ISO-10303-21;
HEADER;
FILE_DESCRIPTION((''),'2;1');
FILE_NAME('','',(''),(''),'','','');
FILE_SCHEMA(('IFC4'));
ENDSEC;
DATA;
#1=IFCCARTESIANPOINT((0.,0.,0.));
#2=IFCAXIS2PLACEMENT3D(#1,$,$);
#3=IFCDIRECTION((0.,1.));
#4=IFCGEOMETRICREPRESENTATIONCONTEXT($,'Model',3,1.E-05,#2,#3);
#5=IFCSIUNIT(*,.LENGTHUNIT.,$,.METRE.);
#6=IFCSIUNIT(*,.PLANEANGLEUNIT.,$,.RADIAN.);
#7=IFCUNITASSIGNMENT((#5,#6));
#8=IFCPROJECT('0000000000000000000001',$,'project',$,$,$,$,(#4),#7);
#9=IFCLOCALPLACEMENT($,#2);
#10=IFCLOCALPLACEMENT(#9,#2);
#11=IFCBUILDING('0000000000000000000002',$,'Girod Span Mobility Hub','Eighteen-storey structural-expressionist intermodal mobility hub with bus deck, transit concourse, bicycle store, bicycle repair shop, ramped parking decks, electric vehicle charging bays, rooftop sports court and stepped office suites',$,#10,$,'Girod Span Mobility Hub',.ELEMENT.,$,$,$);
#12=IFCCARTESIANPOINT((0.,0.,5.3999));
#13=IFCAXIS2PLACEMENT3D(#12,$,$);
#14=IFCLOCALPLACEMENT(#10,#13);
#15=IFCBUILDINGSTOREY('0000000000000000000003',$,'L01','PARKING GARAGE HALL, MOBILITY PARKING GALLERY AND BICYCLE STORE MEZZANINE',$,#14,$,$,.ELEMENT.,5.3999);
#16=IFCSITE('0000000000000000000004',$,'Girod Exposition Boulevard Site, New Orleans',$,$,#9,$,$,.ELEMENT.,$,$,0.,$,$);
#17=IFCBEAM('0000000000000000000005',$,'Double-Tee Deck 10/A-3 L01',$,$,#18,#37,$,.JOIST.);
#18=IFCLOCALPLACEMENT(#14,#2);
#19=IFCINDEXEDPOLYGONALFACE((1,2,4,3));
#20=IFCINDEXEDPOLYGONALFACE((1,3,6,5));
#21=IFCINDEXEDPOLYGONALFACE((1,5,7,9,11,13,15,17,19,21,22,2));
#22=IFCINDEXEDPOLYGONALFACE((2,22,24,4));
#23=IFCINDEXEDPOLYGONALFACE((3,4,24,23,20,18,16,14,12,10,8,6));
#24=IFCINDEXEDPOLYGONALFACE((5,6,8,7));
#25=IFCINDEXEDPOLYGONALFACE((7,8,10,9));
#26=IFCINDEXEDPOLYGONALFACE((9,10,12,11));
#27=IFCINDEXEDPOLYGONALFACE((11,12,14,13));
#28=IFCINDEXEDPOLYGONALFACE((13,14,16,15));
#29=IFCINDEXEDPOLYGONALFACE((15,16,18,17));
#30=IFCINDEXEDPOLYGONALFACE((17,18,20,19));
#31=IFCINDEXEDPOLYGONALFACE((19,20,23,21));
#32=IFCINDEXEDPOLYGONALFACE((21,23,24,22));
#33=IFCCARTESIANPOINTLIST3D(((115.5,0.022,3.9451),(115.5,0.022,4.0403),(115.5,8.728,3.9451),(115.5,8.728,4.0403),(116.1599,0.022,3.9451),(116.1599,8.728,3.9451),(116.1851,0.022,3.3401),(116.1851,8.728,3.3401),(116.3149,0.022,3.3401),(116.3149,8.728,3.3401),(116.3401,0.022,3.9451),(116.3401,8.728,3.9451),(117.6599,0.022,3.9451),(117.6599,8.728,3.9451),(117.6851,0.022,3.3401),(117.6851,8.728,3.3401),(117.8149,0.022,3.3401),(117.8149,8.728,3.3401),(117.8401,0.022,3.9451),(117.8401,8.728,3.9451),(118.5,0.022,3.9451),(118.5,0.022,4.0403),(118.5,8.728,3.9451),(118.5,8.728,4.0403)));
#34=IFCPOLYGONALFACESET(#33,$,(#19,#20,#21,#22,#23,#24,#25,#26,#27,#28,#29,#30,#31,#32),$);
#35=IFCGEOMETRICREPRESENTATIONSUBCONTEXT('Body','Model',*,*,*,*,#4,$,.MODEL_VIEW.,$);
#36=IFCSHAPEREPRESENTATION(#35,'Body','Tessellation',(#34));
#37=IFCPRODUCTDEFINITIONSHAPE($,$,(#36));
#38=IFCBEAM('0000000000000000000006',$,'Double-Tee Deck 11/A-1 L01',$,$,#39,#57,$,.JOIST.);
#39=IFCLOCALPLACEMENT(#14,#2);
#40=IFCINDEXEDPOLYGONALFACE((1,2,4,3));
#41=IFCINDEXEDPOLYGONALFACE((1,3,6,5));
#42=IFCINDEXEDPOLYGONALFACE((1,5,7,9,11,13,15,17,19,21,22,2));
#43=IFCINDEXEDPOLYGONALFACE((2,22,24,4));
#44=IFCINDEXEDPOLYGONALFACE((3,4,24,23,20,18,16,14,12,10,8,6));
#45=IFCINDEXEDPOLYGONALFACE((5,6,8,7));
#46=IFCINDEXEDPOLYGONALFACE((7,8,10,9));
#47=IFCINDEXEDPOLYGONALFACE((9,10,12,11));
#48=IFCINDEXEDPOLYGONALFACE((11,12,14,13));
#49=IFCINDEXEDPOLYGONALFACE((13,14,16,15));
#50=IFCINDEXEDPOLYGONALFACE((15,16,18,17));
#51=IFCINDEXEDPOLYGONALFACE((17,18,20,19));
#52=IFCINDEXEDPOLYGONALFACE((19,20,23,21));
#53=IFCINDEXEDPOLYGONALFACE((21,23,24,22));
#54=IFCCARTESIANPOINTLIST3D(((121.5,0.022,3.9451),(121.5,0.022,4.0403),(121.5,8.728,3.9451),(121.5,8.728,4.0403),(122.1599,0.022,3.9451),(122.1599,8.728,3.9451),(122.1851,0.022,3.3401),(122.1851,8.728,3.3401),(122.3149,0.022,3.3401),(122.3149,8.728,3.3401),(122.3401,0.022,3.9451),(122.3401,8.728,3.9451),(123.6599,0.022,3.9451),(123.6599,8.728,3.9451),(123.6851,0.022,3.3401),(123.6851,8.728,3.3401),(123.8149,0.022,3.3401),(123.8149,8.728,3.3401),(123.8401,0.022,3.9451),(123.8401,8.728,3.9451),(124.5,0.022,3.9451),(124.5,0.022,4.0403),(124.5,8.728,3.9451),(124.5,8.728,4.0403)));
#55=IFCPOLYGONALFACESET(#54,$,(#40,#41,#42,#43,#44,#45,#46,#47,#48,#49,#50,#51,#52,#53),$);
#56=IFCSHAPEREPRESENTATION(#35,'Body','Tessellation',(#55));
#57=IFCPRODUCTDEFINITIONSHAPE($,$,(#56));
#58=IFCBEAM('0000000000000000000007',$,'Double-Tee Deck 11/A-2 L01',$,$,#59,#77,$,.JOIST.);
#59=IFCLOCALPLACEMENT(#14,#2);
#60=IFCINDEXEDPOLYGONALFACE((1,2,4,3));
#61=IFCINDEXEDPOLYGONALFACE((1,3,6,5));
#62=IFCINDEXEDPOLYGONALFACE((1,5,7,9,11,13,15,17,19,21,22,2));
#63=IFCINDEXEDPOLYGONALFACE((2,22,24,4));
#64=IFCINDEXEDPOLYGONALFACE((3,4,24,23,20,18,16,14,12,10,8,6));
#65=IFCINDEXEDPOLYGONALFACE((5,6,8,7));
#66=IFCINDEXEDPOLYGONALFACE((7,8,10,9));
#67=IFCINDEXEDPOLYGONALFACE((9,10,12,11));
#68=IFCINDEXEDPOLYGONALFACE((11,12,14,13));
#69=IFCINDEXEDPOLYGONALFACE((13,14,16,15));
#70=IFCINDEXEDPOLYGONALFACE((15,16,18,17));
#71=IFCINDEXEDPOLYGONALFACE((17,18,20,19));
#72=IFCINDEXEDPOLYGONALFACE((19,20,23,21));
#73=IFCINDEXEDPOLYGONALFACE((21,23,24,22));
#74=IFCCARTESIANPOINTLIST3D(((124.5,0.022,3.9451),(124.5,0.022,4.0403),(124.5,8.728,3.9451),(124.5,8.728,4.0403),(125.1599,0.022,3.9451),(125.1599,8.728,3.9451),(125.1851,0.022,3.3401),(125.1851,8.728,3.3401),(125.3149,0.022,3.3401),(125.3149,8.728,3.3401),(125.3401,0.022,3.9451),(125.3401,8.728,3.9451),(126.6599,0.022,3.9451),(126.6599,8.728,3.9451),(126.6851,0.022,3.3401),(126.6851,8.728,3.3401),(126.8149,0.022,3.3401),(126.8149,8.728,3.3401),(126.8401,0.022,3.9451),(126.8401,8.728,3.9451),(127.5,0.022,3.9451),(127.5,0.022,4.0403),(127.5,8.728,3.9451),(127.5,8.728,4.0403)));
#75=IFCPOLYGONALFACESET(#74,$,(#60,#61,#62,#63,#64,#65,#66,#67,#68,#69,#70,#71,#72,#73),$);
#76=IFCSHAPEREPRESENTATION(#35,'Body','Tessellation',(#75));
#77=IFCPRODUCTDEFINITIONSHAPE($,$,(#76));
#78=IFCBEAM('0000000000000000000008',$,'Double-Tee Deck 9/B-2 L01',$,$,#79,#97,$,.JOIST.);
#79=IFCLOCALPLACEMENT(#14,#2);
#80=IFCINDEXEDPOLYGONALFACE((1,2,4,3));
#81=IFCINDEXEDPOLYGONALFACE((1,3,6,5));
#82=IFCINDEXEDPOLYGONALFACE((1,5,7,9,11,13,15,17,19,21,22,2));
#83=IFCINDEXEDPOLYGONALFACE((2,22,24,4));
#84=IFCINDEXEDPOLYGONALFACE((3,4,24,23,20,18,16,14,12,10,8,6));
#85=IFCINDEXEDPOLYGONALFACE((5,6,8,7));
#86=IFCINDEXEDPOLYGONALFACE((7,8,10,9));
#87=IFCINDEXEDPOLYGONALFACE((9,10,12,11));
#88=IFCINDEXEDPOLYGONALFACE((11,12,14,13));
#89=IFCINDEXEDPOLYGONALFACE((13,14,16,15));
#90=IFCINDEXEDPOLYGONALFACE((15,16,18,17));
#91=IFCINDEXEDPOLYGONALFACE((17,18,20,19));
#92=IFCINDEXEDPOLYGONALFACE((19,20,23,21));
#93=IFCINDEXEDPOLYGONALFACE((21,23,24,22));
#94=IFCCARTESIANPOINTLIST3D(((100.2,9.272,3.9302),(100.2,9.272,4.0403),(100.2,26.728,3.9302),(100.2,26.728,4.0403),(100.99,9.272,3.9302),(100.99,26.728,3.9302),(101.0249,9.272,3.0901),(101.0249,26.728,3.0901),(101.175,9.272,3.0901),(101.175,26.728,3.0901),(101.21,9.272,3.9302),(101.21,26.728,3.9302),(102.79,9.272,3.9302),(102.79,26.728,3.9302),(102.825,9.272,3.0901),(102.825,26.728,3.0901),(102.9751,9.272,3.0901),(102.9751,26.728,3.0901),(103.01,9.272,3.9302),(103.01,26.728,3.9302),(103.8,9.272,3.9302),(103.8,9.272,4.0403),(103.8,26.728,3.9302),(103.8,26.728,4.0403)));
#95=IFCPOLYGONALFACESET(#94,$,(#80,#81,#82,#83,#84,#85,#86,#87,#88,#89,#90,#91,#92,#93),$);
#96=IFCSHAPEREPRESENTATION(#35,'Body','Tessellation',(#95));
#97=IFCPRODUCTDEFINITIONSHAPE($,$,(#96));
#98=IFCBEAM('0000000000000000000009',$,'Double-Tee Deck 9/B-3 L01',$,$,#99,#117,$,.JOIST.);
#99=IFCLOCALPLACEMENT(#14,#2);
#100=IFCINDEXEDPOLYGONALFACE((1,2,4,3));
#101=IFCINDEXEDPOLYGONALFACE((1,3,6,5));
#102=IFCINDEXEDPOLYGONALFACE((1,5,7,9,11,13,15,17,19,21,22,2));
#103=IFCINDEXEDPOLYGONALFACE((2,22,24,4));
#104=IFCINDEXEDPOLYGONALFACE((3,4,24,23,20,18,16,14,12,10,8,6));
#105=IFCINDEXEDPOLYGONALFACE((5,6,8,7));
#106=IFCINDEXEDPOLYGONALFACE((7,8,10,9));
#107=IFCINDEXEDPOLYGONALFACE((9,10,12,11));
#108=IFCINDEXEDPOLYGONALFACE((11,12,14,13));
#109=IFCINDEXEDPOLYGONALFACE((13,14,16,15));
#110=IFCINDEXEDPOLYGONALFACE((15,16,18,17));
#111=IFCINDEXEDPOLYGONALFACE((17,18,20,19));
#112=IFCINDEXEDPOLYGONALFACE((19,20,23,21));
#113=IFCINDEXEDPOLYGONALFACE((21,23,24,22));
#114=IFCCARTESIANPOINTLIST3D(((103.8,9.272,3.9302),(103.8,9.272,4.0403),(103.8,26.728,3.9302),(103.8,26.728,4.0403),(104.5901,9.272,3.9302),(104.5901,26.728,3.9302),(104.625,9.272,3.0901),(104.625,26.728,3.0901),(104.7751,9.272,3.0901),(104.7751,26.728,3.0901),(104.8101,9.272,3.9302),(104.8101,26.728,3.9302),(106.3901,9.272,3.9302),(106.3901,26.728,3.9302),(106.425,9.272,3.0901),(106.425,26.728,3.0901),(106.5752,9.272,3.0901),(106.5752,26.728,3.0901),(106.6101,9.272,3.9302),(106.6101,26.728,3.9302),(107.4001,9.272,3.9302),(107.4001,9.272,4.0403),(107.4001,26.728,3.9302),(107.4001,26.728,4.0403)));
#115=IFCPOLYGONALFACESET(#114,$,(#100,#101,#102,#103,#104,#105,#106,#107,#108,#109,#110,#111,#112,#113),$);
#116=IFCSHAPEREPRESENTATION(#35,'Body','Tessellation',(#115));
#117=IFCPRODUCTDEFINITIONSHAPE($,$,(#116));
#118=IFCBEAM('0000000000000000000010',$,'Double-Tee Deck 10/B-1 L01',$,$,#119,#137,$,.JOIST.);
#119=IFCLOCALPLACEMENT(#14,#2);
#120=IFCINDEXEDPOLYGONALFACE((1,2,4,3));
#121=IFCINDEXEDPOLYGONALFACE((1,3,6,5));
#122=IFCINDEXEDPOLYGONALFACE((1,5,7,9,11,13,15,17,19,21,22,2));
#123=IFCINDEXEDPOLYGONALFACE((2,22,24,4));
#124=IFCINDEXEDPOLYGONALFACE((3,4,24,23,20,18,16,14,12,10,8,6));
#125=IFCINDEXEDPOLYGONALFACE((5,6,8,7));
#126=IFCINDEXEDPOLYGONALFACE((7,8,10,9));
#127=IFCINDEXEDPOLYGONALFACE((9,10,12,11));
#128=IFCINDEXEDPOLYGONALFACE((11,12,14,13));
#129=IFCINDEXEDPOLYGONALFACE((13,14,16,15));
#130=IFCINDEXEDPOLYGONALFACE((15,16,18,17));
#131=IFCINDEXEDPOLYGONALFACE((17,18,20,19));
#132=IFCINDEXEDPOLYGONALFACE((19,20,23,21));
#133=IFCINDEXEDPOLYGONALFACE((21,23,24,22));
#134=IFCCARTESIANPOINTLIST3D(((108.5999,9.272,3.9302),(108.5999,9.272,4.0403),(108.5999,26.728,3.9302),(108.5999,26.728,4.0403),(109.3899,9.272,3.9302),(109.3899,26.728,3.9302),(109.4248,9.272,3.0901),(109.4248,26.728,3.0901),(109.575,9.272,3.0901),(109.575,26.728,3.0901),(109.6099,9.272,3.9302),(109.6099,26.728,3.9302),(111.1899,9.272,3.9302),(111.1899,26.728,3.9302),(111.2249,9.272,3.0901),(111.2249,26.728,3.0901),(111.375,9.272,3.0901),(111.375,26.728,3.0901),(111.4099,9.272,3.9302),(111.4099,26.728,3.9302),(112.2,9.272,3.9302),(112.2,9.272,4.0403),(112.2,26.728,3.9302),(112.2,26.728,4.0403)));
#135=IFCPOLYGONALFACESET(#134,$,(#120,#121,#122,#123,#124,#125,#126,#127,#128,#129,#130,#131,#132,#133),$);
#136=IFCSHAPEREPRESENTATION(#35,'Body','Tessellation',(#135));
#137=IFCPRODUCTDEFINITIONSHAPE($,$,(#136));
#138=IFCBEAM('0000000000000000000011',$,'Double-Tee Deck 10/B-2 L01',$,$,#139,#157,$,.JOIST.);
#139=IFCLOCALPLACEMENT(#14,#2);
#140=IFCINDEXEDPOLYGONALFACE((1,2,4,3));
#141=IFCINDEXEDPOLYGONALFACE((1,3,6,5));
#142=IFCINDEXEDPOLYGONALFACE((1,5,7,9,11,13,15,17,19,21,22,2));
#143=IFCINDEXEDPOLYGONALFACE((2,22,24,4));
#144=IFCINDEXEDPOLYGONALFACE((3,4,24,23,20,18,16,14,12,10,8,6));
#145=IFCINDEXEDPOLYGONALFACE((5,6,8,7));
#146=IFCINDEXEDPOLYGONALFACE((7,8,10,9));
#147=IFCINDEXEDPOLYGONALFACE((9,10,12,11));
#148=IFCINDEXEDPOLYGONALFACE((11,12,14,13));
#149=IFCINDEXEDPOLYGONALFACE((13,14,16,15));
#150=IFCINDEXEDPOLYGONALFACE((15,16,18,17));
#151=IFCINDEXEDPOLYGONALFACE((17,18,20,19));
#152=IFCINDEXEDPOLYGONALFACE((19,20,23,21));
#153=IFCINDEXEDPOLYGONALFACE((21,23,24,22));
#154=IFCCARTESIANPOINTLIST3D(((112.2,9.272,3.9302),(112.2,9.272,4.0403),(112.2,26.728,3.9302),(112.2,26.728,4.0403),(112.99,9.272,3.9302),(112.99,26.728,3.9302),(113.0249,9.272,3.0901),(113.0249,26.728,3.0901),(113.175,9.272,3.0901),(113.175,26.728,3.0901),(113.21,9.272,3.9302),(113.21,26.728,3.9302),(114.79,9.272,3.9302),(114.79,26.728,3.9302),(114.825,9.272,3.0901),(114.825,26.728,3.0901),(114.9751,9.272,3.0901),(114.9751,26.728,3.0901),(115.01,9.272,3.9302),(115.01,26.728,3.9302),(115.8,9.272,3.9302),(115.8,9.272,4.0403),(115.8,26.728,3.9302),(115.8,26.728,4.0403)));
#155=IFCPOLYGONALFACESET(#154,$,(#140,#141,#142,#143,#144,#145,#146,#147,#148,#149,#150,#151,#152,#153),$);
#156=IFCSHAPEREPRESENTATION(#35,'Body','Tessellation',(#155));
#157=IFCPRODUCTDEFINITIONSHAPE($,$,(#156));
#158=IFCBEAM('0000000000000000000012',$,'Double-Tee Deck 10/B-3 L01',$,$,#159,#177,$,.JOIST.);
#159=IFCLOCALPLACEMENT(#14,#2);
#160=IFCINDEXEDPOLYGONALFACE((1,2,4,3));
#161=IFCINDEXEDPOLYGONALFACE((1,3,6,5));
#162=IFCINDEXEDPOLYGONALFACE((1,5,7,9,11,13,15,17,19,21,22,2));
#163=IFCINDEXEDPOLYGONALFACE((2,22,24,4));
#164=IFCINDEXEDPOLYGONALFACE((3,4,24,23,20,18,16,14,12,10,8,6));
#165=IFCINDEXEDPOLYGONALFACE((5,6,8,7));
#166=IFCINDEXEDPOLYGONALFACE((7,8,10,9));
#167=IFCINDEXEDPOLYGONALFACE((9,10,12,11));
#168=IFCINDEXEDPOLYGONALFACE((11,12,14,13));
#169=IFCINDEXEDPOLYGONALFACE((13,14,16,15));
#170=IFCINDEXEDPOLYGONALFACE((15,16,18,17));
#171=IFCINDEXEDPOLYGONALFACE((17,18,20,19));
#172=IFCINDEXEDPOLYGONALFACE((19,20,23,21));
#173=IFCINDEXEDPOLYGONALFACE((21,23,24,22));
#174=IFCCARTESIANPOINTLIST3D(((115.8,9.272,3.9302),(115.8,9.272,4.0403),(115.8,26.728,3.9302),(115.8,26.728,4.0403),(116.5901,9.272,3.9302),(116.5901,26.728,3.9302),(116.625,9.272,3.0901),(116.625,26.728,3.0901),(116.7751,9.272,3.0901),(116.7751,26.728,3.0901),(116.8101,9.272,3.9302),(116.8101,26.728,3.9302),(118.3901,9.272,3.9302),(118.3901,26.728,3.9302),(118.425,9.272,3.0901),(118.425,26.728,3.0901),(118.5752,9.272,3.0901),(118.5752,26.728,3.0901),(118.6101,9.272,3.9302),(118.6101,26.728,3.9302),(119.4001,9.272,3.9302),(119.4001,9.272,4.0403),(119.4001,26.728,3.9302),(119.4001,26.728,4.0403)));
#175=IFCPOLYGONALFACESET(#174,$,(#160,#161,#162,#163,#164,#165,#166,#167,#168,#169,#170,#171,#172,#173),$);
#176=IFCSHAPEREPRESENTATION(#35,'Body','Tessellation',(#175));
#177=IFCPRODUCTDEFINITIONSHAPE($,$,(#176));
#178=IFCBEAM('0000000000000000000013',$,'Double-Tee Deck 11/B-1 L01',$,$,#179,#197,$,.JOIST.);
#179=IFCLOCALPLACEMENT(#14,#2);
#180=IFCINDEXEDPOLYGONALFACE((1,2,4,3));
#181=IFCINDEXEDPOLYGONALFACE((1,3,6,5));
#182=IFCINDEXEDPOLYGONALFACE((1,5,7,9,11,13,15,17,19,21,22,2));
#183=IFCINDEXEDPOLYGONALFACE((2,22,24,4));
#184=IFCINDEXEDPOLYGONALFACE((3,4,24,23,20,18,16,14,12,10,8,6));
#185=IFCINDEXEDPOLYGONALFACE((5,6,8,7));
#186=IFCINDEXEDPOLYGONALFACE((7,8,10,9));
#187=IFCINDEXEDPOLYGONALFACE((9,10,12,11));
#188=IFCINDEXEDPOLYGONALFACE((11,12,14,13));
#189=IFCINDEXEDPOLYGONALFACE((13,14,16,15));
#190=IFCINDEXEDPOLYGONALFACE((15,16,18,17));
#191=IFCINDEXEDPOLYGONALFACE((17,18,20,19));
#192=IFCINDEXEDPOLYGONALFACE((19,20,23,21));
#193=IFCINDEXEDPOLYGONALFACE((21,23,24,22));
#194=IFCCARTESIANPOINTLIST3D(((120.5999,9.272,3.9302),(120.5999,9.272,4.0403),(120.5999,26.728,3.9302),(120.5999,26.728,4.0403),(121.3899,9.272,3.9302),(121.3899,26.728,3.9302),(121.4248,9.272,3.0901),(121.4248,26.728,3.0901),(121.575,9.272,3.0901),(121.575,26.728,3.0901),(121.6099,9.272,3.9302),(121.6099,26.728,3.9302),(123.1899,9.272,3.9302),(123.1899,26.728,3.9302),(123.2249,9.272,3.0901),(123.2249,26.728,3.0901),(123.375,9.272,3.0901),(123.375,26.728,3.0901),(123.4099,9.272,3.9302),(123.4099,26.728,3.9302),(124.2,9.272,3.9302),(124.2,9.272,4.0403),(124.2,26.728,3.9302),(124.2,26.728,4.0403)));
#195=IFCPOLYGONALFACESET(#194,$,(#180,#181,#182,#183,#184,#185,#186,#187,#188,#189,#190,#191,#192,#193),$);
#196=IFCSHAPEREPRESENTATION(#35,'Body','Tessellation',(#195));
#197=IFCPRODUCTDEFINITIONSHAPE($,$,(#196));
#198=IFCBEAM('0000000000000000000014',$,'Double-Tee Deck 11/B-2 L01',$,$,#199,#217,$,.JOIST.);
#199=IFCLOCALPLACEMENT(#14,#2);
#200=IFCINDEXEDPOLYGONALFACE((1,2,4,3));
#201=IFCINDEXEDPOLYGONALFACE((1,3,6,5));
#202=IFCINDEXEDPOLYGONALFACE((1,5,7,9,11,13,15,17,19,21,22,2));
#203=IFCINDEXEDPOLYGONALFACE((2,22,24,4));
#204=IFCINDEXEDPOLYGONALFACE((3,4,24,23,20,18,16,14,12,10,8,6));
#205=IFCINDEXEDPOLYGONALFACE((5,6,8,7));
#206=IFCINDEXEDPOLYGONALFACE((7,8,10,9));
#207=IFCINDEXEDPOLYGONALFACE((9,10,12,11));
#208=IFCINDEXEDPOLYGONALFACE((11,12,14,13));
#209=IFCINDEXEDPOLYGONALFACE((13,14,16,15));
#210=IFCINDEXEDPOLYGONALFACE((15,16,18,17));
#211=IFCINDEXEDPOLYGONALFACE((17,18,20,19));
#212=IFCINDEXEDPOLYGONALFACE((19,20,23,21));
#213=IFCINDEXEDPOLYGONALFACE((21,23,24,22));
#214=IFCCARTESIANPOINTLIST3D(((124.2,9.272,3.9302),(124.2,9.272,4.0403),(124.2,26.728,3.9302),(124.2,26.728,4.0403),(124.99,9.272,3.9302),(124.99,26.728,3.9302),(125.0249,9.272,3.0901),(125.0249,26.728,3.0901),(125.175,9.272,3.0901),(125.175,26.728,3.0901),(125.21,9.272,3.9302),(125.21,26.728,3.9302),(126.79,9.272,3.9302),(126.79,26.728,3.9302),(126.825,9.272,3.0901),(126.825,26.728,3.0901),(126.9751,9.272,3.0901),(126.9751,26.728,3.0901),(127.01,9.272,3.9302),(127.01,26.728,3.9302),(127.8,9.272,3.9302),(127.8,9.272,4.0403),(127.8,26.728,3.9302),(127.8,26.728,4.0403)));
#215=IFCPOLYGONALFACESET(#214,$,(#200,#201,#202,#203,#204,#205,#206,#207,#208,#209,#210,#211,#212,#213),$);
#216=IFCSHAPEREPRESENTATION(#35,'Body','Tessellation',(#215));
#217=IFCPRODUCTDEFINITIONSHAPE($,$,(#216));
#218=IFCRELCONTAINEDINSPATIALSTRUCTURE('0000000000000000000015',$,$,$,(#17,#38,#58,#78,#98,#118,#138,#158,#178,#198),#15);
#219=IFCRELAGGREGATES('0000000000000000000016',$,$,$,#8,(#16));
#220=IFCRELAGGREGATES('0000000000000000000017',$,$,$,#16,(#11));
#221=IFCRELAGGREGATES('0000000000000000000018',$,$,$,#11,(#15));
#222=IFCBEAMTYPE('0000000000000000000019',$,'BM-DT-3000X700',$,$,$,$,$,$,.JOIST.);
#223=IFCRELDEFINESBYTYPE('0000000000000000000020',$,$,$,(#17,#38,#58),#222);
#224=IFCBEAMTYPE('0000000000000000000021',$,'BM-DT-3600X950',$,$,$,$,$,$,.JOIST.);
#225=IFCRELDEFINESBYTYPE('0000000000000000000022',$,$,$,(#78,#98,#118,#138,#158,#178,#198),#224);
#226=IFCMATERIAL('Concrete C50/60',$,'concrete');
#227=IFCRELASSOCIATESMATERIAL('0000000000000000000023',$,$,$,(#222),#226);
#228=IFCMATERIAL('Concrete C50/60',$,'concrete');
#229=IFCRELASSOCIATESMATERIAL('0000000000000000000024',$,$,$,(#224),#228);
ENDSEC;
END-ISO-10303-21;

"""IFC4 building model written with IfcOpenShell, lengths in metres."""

from ifc_helpers import new_model, si_unit, direction, frame, origin, place, context, subcontext, project, spatial, polyline, outline, extrude, material, material_profile, profile_set, type_object, element, save


model = new_model("IFC4")

# Units and contexts
model_context = context("Model", 3, precision=1e-05, world=origin(), true_north=direction((0.0, 1.0)))
body_context = subcontext(model_context, "Body", "Model", "MODEL_VIEW")
ifc_project = project(units=[si_unit("LENGTHUNIT", "METRE"), si_unit("PLANEANGLEUNIT", "RADIAN")], contexts=[model_context])

# Site, building, storey
site_placement = place(None, origin())
site = spatial("IfcSite", under=ifc_project, at=site_placement, Name="Girod Exposition Boulevard Site, New Orleans", CompositionType="ELEMENT", RefElevation=0.0)
building_placement = place(site_placement, origin())
building = spatial("IfcBuilding", under=site, at=building_placement, Name="Girod Span Mobility Hub", Description="Eighteen-storey structural-expressionist intermodal mobility hub with bus deck, transit concourse, bicycle store, bicycle repair shop, ramped parking decks, electric vehicle charging bays, rooftop sports court and stepped office suites", LongName="Girod Span Mobility Hub", CompositionType="ELEMENT")
storey_placement = place(building_placement, frame((0.0, 0.0, 5.3999)))
storey = spatial("IfcBuildingStorey", under=building, at=storey_placement, Name="L01", Description="PARKING GARAGE HALL, MOBILITY PARKING GALLERY AND BICYCLE STORE MEZZANINE", CompositionType="ELEMENT", Elevation=5.3999)

# Beams
ifc_material_1 = material(Name="Concrete C50/60", Category="concrete")
ifc_material_profile_1 = material_profile(ifc_material_1, outline(polyline([(-1.5, 0.3501), (-1.5, 0.2549), (-0.8401, 0.2549), (-0.8149, -0.3501), (-0.6851, -0.3501), (-0.6599, 0.2549), (0.6599, 0.2549), (0.6851, -0.3501), (0.8149, -0.3501), (0.8401, 0.2549), (1.5, 0.2549), (1.5, 0.3501), (-1.5, 0.3501)])), Name="DT-3000X700")
ifc_profile_set_1 = profile_set([ifc_material_profile_1], Name="Concrete C50/60")
beam_type_1 = type_object("IfcBeamType", Name="BM-DT-3000X700", PredefinedType="JOIST", material=ifc_profile_set_1)
for number, where, z_axis, x_axis, name in (
    (1, (117.0, 0.022, 3.6902), (0.0, 1.0, 0.0), (-1.0, 0.0, 0.0), "Double-Tee Deck 10/A-3 L01"),
    (2, (123.0, 0.022, 3.6902), (0.0, 1.0, 0.0), (-1.0, 0.0, 0.0), "Double-Tee Deck 11/A-1 L01"),
    (3, (126.0, 0.022, 3.6902), (0.0, 1.0, 0.0), (-1.0, 0.0, 0.0), "Double-Tee Deck 11/A-2 L01"),
):
    element("IfcBeam", number, at=place(storey_placement, frame(where, z_axis=z_axis, x_axis=x_axis)), inside=storey, type_object=beam_type_1, Name=name, PredefinedType="JOIST", context=body_context, shape_type="SweptSolid", body=[
        extrude(outline(polyline([(-1.5, 0.3501), (-1.5, 0.2549), (-0.8401, 0.2549), (-0.8149, -0.3501), (-0.6851, -0.3501), (-0.6599, 0.2549), (0.6599, 0.2549), (0.6851, -0.3501), (0.8149, -0.3501), (0.8401, 0.2549), (1.5, 0.2549), (1.5, 0.3501), (-1.5, 0.3501)])), origin(), (0.0, 0.0, 1.0), 8.7061),
    ])
ifc_material_2 = material(Name="Concrete C50/60", Category="concrete")
ifc_material_profile_2 = material_profile(ifc_material_2, outline(polyline([(-1.8, 0.4751), (-1.8, 0.365), (-1.01, 0.365), (-0.9751, -0.4751), (-0.825, -0.4751), (-0.79, 0.365), (0.79, 0.365), (0.825, -0.4751), (0.9751, -0.4751), (1.01, 0.365), (1.8, 0.365), (1.8, 0.4751), (-1.8, 0.4751)])), Name="DT-3600X950")
ifc_profile_set_2 = profile_set([ifc_material_profile_2], Name="Concrete C50/60")
beam_type_2 = type_object("IfcBeamType", Name="BM-DT-3600X950", PredefinedType="JOIST", material=ifc_profile_set_2)
for number, where, z_axis, x_axis, name in (
    (4, (102.0, 9.272, 3.5652), (0.0, 1.0, 0.0), (-1.0, 0.0, 0.0), "Double-Tee Deck 9/B-2 L01"),
    (5, (105.6001, 9.272, 3.5652), (0.0, 1.0, 0.0), (-1.0, 0.0, 0.0), "Double-Tee Deck 9/B-3 L01"),
    (6, (110.3999, 9.272, 3.5652), (0.0, 1.0, 0.0), (-1.0, 0.0, 0.0), "Double-Tee Deck 10/B-1 L01"),
    (7, (114.0, 9.272, 3.5652), (0.0, 1.0, 0.0), (-1.0, 0.0, 0.0), "Double-Tee Deck 10/B-2 L01"),
    (8, (117.6001, 9.272, 3.5652), (0.0, 1.0, 0.0), (-1.0, 0.0, 0.0), "Double-Tee Deck 10/B-3 L01"),
    (9, (122.3999, 9.272, 3.5652), (0.0, 1.0, 0.0), (-1.0, 0.0, 0.0), "Double-Tee Deck 11/B-1 L01"),
    (10, (126.0, 9.272, 3.5652), (0.0, 1.0, 0.0), (-1.0, 0.0, 0.0), "Double-Tee Deck 11/B-2 L01"),
):
    element("IfcBeam", number, at=place(storey_placement, frame(where, z_axis=z_axis, x_axis=x_axis)), inside=storey, type_object=beam_type_2, Name=name, PredefinedType="JOIST", context=body_context, shape_type="SweptSolid", body=[
        extrude(outline(polyline([(-1.8, 0.4751), (-1.8, 0.365), (-1.01, 0.365), (-0.9751, -0.4751), (-0.825, -0.4751), (-0.79, 0.365), (0.79, 0.365), (0.825, -0.4751), (0.9751, -0.4751), (1.01, 0.365), (1.8, 0.365), (1.8, 0.4751), (-1.8, 0.4751)])), origin(), (0.0, 0.0, 1.0), 17.4561),
    ])

save(model, "model.ifc")
